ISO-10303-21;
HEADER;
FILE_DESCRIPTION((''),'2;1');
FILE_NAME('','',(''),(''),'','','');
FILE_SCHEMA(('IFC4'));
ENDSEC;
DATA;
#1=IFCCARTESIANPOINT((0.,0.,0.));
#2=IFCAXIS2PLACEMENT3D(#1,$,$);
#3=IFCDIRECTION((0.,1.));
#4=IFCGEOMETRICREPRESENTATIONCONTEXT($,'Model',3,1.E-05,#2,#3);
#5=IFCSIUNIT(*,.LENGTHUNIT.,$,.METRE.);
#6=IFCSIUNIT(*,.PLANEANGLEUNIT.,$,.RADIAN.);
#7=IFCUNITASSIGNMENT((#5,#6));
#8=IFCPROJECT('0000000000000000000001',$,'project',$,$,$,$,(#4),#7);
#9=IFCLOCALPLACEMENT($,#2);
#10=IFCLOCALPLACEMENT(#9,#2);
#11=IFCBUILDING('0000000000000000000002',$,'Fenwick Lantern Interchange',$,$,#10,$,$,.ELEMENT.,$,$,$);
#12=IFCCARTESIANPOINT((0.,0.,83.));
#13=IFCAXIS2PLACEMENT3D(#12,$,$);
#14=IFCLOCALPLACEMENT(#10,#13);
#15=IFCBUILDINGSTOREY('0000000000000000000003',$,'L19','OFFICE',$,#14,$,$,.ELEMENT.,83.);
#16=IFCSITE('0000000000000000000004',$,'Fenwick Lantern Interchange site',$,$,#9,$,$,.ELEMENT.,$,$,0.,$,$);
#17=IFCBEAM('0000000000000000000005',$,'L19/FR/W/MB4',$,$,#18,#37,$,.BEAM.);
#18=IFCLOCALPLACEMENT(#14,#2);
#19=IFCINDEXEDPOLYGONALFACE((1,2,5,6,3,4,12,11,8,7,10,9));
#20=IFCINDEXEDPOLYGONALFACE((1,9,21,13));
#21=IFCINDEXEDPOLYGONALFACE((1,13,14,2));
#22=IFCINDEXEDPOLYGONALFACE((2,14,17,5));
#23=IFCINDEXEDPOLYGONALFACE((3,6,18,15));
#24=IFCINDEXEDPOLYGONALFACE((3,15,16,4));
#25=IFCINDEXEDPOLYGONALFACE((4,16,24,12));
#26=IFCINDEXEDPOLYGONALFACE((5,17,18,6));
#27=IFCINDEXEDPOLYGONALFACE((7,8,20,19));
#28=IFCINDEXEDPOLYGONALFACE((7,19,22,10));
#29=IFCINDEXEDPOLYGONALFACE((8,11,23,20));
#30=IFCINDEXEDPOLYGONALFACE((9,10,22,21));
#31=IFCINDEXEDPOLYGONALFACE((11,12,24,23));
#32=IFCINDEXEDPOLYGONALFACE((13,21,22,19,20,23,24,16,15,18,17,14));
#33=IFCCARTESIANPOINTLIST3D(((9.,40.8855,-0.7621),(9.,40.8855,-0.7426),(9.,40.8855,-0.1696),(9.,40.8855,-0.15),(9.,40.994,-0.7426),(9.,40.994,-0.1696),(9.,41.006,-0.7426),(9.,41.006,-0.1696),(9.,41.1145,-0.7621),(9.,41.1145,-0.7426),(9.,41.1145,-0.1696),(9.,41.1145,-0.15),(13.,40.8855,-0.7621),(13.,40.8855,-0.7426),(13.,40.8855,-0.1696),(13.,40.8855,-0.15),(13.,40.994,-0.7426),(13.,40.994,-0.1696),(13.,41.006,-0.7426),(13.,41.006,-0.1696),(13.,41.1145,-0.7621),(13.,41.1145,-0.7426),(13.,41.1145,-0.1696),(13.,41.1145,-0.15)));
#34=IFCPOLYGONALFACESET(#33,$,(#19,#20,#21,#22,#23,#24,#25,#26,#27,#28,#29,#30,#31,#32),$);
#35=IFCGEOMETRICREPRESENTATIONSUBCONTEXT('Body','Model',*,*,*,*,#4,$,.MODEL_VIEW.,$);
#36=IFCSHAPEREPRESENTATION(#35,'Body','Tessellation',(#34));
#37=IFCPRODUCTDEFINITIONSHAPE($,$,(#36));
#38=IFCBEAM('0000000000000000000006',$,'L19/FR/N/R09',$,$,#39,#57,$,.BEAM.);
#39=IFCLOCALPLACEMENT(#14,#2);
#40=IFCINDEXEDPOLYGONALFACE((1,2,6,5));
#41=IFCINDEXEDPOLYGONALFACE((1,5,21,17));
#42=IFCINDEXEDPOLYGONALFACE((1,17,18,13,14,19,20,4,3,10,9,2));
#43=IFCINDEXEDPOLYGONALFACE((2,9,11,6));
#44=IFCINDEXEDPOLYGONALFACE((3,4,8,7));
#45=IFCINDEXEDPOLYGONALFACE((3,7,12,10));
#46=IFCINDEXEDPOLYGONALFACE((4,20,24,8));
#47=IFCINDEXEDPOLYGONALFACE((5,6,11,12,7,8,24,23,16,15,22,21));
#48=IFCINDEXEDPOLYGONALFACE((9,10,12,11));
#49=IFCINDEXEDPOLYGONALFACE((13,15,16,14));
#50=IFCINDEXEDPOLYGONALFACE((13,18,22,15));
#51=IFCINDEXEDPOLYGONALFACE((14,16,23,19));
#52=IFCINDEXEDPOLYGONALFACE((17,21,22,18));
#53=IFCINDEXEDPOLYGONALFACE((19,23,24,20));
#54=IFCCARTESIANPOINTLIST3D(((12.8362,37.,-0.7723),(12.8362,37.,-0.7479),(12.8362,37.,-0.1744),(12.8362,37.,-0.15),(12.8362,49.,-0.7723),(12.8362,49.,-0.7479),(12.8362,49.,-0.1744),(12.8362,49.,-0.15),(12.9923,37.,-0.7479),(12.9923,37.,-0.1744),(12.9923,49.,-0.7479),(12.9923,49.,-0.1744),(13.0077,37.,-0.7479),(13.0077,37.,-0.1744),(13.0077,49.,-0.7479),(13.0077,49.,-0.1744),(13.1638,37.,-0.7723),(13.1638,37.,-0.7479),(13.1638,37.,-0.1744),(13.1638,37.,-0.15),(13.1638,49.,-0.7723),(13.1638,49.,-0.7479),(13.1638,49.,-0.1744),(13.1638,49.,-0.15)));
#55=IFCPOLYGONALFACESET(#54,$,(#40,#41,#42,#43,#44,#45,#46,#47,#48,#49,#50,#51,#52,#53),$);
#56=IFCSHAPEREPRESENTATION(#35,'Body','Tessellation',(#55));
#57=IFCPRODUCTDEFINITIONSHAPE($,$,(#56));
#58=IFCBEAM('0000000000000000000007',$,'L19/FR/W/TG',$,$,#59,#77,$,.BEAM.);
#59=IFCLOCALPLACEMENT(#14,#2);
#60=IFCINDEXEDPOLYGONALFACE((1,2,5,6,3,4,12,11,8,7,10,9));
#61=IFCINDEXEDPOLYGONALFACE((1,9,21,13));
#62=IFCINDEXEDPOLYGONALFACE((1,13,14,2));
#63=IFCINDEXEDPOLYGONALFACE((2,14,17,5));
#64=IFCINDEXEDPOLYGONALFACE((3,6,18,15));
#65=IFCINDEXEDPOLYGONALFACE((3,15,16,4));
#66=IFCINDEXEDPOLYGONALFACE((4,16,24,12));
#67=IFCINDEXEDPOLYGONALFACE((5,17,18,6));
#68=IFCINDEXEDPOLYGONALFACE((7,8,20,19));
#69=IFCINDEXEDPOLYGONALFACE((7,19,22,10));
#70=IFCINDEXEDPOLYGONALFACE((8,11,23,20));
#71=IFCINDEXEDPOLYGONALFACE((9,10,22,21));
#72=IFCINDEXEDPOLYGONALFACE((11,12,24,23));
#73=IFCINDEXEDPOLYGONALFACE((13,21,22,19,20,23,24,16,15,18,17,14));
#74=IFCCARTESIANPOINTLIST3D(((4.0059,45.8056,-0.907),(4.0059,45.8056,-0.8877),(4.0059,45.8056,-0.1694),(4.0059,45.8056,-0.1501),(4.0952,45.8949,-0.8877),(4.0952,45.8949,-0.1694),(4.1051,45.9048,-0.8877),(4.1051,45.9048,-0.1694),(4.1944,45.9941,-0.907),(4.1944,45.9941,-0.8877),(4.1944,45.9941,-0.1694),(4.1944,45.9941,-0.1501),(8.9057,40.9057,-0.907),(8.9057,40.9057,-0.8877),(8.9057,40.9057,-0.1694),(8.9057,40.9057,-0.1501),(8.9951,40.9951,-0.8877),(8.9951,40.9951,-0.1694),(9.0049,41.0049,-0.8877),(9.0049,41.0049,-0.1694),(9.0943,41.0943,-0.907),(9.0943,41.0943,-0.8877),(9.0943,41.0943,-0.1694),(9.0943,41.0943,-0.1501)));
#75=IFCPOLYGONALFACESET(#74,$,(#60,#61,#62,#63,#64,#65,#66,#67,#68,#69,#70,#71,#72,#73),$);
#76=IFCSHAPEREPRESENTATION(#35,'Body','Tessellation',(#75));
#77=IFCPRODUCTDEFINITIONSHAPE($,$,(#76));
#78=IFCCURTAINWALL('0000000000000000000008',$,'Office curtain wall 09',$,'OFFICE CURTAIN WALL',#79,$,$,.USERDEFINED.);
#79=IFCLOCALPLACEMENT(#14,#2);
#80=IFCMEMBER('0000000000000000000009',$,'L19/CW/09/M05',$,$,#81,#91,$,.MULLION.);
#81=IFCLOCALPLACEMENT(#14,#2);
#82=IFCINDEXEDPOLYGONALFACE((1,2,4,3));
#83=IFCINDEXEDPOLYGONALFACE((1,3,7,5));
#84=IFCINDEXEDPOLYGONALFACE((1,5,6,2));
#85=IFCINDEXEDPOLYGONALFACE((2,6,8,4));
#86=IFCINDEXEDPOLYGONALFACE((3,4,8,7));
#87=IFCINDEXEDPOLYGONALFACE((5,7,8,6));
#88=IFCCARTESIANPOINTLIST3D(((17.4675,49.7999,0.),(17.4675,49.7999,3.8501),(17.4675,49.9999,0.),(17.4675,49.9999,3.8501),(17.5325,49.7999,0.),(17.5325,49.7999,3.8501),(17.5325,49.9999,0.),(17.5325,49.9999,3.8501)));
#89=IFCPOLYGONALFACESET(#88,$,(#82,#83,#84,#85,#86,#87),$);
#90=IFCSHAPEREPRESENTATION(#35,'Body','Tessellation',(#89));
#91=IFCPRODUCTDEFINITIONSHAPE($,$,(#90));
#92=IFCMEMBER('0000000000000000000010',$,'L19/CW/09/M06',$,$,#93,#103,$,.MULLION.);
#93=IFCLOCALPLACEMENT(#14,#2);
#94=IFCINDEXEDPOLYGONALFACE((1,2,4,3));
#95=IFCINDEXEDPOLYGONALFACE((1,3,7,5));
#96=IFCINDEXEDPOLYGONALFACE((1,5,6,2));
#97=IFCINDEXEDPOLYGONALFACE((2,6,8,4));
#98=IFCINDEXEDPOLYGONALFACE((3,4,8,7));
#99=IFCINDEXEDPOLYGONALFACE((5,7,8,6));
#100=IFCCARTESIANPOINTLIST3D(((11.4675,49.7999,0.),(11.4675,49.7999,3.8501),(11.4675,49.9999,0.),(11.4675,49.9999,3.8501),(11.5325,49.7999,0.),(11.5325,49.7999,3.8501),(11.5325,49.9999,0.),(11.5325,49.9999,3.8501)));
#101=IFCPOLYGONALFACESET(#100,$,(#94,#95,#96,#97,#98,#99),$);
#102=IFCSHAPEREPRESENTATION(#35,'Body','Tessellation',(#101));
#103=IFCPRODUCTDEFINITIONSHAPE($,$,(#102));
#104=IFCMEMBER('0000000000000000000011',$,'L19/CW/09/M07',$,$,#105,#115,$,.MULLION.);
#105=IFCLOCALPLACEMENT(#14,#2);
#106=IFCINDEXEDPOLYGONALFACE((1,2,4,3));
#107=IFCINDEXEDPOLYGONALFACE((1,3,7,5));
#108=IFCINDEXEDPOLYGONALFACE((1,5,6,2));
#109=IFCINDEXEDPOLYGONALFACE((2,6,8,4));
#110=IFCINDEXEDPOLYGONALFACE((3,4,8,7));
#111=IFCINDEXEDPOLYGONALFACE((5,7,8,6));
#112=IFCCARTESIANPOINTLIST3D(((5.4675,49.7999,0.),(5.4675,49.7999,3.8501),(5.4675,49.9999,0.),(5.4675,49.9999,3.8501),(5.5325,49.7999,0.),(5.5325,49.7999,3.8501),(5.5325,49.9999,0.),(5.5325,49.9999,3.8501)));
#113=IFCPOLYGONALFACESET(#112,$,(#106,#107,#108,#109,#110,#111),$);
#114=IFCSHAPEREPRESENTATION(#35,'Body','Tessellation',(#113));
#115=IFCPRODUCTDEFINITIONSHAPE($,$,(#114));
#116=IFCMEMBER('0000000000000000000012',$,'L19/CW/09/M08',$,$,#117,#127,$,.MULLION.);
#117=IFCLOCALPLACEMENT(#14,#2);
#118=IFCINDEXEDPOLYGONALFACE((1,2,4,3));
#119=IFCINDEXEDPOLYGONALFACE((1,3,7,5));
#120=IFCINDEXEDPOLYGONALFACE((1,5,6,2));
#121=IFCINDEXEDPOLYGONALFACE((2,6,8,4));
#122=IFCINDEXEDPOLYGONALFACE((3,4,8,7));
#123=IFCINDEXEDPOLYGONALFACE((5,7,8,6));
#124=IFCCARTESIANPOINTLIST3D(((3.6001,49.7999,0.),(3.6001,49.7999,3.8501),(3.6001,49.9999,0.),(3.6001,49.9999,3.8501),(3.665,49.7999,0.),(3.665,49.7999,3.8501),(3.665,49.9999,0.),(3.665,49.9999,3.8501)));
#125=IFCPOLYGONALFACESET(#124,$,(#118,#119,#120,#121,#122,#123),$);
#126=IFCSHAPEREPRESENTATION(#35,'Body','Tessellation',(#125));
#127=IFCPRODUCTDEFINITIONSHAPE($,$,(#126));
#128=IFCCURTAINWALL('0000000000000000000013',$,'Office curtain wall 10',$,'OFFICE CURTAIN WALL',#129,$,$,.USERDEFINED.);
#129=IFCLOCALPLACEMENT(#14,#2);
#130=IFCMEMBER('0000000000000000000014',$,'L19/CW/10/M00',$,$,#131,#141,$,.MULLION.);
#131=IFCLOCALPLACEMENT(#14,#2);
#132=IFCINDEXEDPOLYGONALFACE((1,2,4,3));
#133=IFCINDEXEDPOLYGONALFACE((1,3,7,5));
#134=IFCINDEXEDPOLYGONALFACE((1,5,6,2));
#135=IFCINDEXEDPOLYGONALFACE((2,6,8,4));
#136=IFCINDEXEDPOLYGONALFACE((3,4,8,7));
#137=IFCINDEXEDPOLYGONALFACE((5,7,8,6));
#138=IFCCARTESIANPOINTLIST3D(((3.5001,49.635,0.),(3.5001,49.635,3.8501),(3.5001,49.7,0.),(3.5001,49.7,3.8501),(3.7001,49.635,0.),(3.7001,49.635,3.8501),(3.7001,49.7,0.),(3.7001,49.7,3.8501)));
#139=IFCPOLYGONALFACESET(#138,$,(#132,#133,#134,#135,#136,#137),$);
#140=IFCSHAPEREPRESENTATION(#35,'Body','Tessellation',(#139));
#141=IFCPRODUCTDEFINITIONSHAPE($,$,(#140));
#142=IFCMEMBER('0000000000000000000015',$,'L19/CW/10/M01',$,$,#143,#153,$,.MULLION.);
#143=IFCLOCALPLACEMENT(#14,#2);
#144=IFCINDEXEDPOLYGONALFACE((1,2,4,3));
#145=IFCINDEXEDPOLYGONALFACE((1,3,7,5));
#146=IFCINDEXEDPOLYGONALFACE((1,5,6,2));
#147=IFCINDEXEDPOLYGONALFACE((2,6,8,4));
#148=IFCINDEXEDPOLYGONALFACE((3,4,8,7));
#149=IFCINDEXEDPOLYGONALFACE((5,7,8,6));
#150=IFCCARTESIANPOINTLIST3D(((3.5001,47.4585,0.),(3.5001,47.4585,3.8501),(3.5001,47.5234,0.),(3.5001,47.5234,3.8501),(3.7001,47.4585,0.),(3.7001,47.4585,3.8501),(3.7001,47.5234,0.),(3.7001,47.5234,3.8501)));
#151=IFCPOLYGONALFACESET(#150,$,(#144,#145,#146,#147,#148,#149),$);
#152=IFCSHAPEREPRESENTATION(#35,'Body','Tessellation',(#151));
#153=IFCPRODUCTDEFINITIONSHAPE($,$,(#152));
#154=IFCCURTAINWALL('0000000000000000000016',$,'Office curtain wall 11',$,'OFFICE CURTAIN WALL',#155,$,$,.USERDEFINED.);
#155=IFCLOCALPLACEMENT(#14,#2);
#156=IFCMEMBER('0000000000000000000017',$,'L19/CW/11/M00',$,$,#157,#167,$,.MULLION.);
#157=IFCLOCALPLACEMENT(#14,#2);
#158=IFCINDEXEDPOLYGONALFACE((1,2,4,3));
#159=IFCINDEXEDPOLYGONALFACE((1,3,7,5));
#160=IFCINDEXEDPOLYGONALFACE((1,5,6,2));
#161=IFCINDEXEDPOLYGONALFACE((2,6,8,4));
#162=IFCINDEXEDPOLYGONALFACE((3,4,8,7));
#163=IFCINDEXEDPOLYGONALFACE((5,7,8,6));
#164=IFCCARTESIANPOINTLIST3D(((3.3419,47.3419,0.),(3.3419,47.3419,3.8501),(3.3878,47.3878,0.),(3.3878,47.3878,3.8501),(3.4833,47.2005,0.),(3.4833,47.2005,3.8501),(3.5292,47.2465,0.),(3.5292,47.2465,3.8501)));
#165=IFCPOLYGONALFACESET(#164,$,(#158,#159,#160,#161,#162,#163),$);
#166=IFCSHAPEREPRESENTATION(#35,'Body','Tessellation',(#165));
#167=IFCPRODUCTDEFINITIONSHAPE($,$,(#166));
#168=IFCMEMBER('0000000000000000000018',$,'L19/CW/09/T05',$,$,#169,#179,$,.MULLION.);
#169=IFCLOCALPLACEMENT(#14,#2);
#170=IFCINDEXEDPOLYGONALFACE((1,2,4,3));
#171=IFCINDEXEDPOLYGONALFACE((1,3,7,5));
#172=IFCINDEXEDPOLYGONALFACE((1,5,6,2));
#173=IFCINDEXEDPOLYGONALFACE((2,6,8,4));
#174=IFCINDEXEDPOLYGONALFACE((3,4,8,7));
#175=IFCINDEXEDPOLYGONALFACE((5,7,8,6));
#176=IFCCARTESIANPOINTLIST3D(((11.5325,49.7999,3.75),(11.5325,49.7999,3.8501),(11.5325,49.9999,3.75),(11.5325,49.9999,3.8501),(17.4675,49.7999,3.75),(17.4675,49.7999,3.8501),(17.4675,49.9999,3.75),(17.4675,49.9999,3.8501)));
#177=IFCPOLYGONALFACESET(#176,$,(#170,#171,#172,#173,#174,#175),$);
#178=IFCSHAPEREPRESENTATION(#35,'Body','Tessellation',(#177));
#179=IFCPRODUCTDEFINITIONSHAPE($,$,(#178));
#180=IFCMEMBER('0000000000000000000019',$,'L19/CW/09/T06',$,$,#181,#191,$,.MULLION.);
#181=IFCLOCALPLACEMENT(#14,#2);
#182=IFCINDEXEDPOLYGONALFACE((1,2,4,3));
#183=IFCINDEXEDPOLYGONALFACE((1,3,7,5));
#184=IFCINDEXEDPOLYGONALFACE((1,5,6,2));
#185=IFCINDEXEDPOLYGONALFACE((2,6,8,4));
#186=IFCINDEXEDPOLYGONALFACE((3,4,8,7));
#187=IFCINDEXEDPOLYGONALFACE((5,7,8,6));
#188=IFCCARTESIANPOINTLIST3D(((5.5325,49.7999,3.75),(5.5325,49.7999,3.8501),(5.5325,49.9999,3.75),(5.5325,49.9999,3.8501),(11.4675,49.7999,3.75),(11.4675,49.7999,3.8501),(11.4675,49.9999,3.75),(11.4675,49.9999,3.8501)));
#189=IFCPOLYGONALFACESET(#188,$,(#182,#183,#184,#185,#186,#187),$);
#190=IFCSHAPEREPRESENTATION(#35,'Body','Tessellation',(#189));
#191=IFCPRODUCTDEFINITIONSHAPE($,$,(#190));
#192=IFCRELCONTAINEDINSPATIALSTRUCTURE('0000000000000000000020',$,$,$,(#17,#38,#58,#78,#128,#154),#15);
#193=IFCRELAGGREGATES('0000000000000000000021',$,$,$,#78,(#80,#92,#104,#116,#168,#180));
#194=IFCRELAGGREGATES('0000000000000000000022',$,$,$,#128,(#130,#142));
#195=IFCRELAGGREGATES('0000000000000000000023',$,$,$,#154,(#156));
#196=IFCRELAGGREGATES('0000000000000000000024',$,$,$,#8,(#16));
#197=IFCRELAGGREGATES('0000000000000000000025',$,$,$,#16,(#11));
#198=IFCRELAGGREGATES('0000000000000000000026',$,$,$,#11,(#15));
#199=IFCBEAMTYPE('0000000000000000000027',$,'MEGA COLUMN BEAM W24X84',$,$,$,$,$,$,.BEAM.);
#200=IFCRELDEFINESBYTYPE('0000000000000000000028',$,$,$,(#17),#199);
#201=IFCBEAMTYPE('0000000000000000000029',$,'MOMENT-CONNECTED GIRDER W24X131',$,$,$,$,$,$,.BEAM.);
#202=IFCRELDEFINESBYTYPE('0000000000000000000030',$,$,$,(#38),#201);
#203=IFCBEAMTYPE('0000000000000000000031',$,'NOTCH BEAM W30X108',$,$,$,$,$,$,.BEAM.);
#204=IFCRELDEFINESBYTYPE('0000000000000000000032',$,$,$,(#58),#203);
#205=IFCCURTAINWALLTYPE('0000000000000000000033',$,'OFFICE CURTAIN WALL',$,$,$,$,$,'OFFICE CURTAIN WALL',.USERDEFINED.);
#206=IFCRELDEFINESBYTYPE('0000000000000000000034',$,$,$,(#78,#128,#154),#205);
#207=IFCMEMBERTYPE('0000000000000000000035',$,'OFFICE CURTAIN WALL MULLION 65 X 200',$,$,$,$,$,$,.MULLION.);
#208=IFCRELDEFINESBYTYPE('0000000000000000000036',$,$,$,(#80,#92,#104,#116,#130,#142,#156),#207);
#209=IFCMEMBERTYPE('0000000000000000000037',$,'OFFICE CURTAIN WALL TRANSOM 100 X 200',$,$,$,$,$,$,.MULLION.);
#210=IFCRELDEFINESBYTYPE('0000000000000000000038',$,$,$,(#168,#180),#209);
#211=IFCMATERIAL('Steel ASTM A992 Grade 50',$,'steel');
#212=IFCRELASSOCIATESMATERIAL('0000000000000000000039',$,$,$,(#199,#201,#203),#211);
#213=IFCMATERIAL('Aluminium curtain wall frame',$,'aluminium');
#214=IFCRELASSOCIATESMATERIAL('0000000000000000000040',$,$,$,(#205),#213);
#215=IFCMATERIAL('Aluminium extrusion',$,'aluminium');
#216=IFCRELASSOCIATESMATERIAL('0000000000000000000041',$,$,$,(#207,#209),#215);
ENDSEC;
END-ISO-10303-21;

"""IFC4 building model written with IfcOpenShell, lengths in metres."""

from ifc_helpers import new_model, si_unit, direction, frame, origin, origin_2d, place, context, subcontext, project, spatial, rectangle, i_section, extrude, material, material_profile, profile_set, type_object, element, aggregate, save


model = new_model("IFC4")

# Units and contexts
model_context = context("Model", 3, precision=1e-05, world=origin(), true_north=direction((0.0, 1.0)))
body_context = subcontext(model_context, "Body", "Model", "MODEL_VIEW")
ifc_project = project(units=[si_unit("LENGTHUNIT", "METRE"), si_unit("PLANEANGLEUNIT", "RADIAN")], contexts=[model_context])

# Site, building, storey
site_placement = place(None, origin())
site = spatial("IfcSite", under=ifc_project, at=site_placement, Name="Fenwick Lantern Interchange site", CompositionType="ELEMENT", RefElevation=0.0)
building_placement = place(site_placement, origin())
building = spatial("IfcBuilding", under=site, at=building_placement, Name="Fenwick Lantern Interchange", CompositionType="ELEMENT")
storey_placement = place(building_placement, frame((0.0, 0.0, 83.0)))
storey = spatial("IfcBuildingStorey", under=building, at=storey_placement, Name="L19", Description="OFFICE", CompositionType="ELEMENT", Elevation=83.0)

# Beams
ifc_material_1 = material(Name="Steel ASTM A992 Grade 50", Category="steel")
ifc_material_profile_1 = material_profile(ifc_material_1, i_section(OverallWidth=0.229, OverallDepth=0.6121, WebThickness=0.012, FlangeThickness=0.0195, at=origin_2d()), Name="W24X84")
ifc_profile_set_1 = profile_set([ifc_material_profile_1], Name="Steel ASTM A992 Grade 50")
beam_type_1 = type_object("IfcBeamType", Name="MEGA COLUMN BEAM W24X84", PredefinedType="BEAM", material=ifc_profile_set_1)
for number, where, z_axis, x_axis, name in (
    (1, (9.0, 41.0, -0.4561), (1.0, 0.0, 0.0), (0.0, 1.0, 0.0), "L19/FR/W/MB4"),
):
    element("IfcBeam", number, at=place(storey_placement, frame(where, z_axis=z_axis, x_axis=x_axis)), inside=storey, type_object=beam_type_1, Name=name, PredefinedType="BEAM", context=body_context, shape_type="SweptSolid", body=[
        extrude(i_section(OverallWidth=0.229, OverallDepth=0.6121, WebThickness=0.012, FlangeThickness=0.0195, at=origin_2d()), origin(), (0.0, 0.0, 1.0), 4.0),
    ])
ifc_material_profile_2 = material_profile(ifc_material_1, i_section(OverallWidth=0.3276, OverallDepth=0.6223, WebThickness=0.0154, FlangeThickness=0.0244, at=origin_2d()), Name="W24X131")
ifc_profile_set_2 = profile_set([ifc_material_profile_2], Name="Steel ASTM A992 Grade 50")
beam_type_2 = type_object("IfcBeamType", Name="MOMENT-CONNECTED GIRDER W24X131", PredefinedType="BEAM", material=ifc_profile_set_2)
beam_1_placement = place(storey_placement, frame((13.0, 49.0, -0.4612), z_axis=(0.0, -1.0, 0.0), x_axis=(1.0, 0.0, 0.0)))
element("IfcBeam", 2, at=beam_1_placement, inside=storey, type_object=beam_type_2, Name="L19/FR/N/R09", PredefinedType="BEAM", context=body_context, shape_type="SweptSolid", body=[
    extrude(i_section(OverallWidth=0.3276, OverallDepth=0.6223, WebThickness=0.0154, FlangeThickness=0.0244, at=origin_2d()), origin(), (0.0, 0.0, 1.0), 12.0),
])
ifc_material_profile_3 = material_profile(ifc_material_1, i_section(OverallWidth=0.2666, OverallDepth=0.7568, WebThickness=0.0139, FlangeThickness=0.0193, at=origin_2d()), Name="W30X108")
ifc_profile_set_3 = profile_set([ifc_material_profile_3], Name="Steel ASTM A992 Grade 50")
beam_type_3 = type_object("IfcBeamType", Name="NOTCH BEAM W30X108", PredefinedType="BEAM", material=ifc_profile_set_3)
beam_2_placement = place(storey_placement, frame((9.0, 41.0, -0.5286), z_axis=(-0.707107, 0.707107, 0.0), x_axis=(-0.707107, -0.707107, 0.0)))
element("IfcBeam", 3, at=beam_2_placement, inside=storey, type_object=beam_type_3, Name="L19/FR/W/TG", PredefinedType="BEAM", context=body_context, shape_type="SweptSolid", body=[
    extrude(i_section(OverallWidth=0.2666, OverallDepth=0.7568, WebThickness=0.0139, FlangeThickness=0.0193, at=origin_2d()), origin(), (0.0, 0.0, 1.0), 6.9294),
])

# Curtain walls, members
ifc_material_2 = material(Name="Aluminium curtain wall frame", Category="aluminium")
curtain_wall_type = type_object("IfcCurtainWallType", Name="OFFICE CURTAIN WALL", ElementType="OFFICE CURTAIN WALL", PredefinedType="USERDEFINED", material=ifc_material_2)
curtain_wall_1_placement = place(storey_placement, origin())
curtain_wall_1 = element("IfcCurtainWall", 4, at=curtain_wall_1_placement, inside=storey, type_object=curtain_wall_type, Name="Office curtain wall 09", ObjectType="OFFICE CURTAIN WALL", PredefinedType="USERDEFINED")
ifc_material_3 = material(Name="Aluminium extrusion", Category="aluminium")
ifc_material_profile_4 = material_profile(ifc_material_3, rectangle(XDim=0.2, YDim=0.0649, at=origin_2d()), Name="OFFICE CURTAIN WALL MULLION 65 X 200")
ifc_profile_set_4 = profile_set([ifc_material_profile_4], Name="Aluminium extrusion")
member_type_1 = type_object("IfcMemberType", Name="OFFICE CURTAIN WALL MULLION 65 X 200", PredefinedType="MULLION", material=ifc_profile_set_4)
member_1_placement = place(storey_placement, frame((17.5, 49.8999, 0.0), z_axis=(0.0, 0.0, 1.0), x_axis=(0.0, -1.0, 0.0)))
member_1 = element("IfcMember", 5, at=member_1_placement, type_object=member_type_1, Name="L19/CW/09/M05", PredefinedType="MULLION", context=body_context, shape_type="SweptSolid", body=[
    extrude(rectangle(XDim=0.2, YDim=0.0649, at=origin_2d()), origin(), (0.0, 0.0, 1.0), 3.8501),
])
member_2_placement = place(storey_placement, frame((11.5, 49.8999, 0.0), z_axis=(0.0, 0.0, 1.0), x_axis=(0.0, -1.0, 0.0)))
member_2 = element("IfcMember", 6, at=member_2_placement, type_object=member_type_1, Name="L19/CW/09/M06", PredefinedType="MULLION", context=body_context, shape_type="SweptSolid", body=[
    extrude(rectangle(XDim=0.2, YDim=0.0649, at=origin_2d()), origin(), (0.0, 0.0, 1.0), 3.8501),
])
member_3_placement = place(storey_placement, frame((5.5, 49.8999, 0.0), z_axis=(0.0, 0.0, 1.0), x_axis=(0.0, -1.0, 0.0)))
member_3 = element("IfcMember", 7, at=member_3_placement, type_object=member_type_1, Name="L19/CW/09/M07", PredefinedType="MULLION", context=body_context, shape_type="SweptSolid", body=[
    extrude(rectangle(XDim=0.2, YDim=0.0649, at=origin_2d()), origin(), (0.0, 0.0, 1.0), 3.8501),
])
member_4_placement = place(storey_placement, frame((3.6326, 49.8999, 0.0), z_axis=(0.0, 0.0, 1.0), x_axis=(0.0, -1.0, 0.0)))
member_4 = element("IfcMember", 8, at=member_4_placement, type_object=member_type_1, Name="L19/CW/09/M08", PredefinedType="MULLION", context=body_context, shape_type="SweptSolid", body=[
    extrude(rectangle(XDim=0.2, YDim=0.0649, at=origin_2d()), origin(), (0.0, 0.0, 1.0), 3.8501),
])
curtain_wall_2_placement = place(storey_placement, origin())
curtain_wall_2 = element("IfcCurtainWall", 9, at=curtain_wall_2_placement, inside=storey, type_object=curtain_wall_type, Name="Office curtain wall 10", ObjectType="OFFICE CURTAIN WALL", PredefinedType="USERDEFINED")
member_5_placement = place(storey_placement, frame((3.6001, 49.6675, 0.0), z_axis=(0.0, 0.0, 1.0), x_axis=(1.0, 0.0, 0.0)))
member_5 = element("IfcMember", 10, at=member_5_placement, type_object=member_type_1, Name="L19/CW/10/M00", PredefinedType="MULLION", context=body_context, shape_type="SweptSolid", body=[
    extrude(rectangle(XDim=0.2, YDim=0.0649, at=origin_2d()), origin(), (0.0, 0.0, 1.0), 3.8501),
])
member_6_placement = place(storey_placement, frame((3.6001, 47.491, 0.0), z_axis=(0.0, 0.0, 1.0), x_axis=(1.0, 0.0, 0.0)))
member_6 = element("IfcMember", 11, at=member_6_placement, type_object=member_type_1, Name="L19/CW/10/M01", PredefinedType="MULLION", context=body_context, shape_type="SweptSolid", body=[
    extrude(rectangle(XDim=0.2, YDim=0.0649, at=origin_2d()), origin(), (0.0, 0.0, 1.0), 3.8501),
])

# Curtain wall, member
curtain_wall_3_placement = place(storey_placement, origin())
curtain_wall_3 = element("IfcCurtainWall", 12, at=curtain_wall_3_placement, inside=storey, type_object=curtain_wall_type, Name="Office curtain wall 11", ObjectType="OFFICE CURTAIN WALL", PredefinedType="USERDEFINED")
member_7_placement = place(storey_placement, frame((3.4355, 47.2942, 0.0), z_axis=(0.0, 0.0, 1.0), x_axis=(0.707107, -0.707107, 0.0)))
member_7 = element("IfcMember", 13, at=member_7_placement, type_object=member_type_1, Name="L19/CW/11/M00", PredefinedType="MULLION", context=body_context, shape_type="SweptSolid", body=[
    extrude(rectangle(XDim=0.2, YDim=0.0649, at=origin_2d()), origin(), (0.0, 0.0, 1.0), 3.8501),
])

# Members
ifc_material_profile_5 = material_profile(ifc_material_3, rectangle(XDim=0.2, YDim=0.1001, at=origin_2d()), Name="OFFICE CURTAIN WALL TRANSOM 100 X 200")
ifc_profile_set_5 = profile_set([ifc_material_profile_5], Name="Aluminium extrusion")
member_type_2 = type_object("IfcMemberType", Name="OFFICE CURTAIN WALL TRANSOM 100 X 200", PredefinedType="MULLION", material=ifc_profile_set_5)
member_8_placement = place(storey_placement, frame((17.4675, 49.8999, 3.8), z_axis=(-1.0, 0.0, 0.0), x_axis=(0.0, -1.0, 0.0)))
member_8 = element("IfcMember", 14, at=member_8_placement, type_object=member_type_2, Name="L19/CW/09/T05", PredefinedType="MULLION", context=body_context, shape_type="SweptSolid", body=[
    extrude(rectangle(XDim=0.2, YDim=0.1001, at=origin_2d()), origin(), (0.0, 0.0, 1.0), 5.9351),
])
member_9_placement = place(storey_placement, frame((11.4675, 49.8999, 3.8), z_axis=(-1.0, 0.0, 0.0), x_axis=(0.0, -1.0, 0.0)))
member_9 = element("IfcMember", 15, at=member_9_placement, type_object=member_type_2, Name="L19/CW/09/T06", PredefinedType="MULLION", context=body_context, shape_type="SweptSolid", body=[
    extrude(rectangle(XDim=0.2, YDim=0.1001, at=origin_2d()), origin(), (0.0, 0.0, 1.0), 5.9351),
])
aggregate(curtain_wall_1, [member_1, member_2, member_3, member_4, member_8, member_9])

aggregate(curtain_wall_2, [member_5, member_6])
aggregate(curtain_wall_3, [member_7])

save(model, "model.ifc")
